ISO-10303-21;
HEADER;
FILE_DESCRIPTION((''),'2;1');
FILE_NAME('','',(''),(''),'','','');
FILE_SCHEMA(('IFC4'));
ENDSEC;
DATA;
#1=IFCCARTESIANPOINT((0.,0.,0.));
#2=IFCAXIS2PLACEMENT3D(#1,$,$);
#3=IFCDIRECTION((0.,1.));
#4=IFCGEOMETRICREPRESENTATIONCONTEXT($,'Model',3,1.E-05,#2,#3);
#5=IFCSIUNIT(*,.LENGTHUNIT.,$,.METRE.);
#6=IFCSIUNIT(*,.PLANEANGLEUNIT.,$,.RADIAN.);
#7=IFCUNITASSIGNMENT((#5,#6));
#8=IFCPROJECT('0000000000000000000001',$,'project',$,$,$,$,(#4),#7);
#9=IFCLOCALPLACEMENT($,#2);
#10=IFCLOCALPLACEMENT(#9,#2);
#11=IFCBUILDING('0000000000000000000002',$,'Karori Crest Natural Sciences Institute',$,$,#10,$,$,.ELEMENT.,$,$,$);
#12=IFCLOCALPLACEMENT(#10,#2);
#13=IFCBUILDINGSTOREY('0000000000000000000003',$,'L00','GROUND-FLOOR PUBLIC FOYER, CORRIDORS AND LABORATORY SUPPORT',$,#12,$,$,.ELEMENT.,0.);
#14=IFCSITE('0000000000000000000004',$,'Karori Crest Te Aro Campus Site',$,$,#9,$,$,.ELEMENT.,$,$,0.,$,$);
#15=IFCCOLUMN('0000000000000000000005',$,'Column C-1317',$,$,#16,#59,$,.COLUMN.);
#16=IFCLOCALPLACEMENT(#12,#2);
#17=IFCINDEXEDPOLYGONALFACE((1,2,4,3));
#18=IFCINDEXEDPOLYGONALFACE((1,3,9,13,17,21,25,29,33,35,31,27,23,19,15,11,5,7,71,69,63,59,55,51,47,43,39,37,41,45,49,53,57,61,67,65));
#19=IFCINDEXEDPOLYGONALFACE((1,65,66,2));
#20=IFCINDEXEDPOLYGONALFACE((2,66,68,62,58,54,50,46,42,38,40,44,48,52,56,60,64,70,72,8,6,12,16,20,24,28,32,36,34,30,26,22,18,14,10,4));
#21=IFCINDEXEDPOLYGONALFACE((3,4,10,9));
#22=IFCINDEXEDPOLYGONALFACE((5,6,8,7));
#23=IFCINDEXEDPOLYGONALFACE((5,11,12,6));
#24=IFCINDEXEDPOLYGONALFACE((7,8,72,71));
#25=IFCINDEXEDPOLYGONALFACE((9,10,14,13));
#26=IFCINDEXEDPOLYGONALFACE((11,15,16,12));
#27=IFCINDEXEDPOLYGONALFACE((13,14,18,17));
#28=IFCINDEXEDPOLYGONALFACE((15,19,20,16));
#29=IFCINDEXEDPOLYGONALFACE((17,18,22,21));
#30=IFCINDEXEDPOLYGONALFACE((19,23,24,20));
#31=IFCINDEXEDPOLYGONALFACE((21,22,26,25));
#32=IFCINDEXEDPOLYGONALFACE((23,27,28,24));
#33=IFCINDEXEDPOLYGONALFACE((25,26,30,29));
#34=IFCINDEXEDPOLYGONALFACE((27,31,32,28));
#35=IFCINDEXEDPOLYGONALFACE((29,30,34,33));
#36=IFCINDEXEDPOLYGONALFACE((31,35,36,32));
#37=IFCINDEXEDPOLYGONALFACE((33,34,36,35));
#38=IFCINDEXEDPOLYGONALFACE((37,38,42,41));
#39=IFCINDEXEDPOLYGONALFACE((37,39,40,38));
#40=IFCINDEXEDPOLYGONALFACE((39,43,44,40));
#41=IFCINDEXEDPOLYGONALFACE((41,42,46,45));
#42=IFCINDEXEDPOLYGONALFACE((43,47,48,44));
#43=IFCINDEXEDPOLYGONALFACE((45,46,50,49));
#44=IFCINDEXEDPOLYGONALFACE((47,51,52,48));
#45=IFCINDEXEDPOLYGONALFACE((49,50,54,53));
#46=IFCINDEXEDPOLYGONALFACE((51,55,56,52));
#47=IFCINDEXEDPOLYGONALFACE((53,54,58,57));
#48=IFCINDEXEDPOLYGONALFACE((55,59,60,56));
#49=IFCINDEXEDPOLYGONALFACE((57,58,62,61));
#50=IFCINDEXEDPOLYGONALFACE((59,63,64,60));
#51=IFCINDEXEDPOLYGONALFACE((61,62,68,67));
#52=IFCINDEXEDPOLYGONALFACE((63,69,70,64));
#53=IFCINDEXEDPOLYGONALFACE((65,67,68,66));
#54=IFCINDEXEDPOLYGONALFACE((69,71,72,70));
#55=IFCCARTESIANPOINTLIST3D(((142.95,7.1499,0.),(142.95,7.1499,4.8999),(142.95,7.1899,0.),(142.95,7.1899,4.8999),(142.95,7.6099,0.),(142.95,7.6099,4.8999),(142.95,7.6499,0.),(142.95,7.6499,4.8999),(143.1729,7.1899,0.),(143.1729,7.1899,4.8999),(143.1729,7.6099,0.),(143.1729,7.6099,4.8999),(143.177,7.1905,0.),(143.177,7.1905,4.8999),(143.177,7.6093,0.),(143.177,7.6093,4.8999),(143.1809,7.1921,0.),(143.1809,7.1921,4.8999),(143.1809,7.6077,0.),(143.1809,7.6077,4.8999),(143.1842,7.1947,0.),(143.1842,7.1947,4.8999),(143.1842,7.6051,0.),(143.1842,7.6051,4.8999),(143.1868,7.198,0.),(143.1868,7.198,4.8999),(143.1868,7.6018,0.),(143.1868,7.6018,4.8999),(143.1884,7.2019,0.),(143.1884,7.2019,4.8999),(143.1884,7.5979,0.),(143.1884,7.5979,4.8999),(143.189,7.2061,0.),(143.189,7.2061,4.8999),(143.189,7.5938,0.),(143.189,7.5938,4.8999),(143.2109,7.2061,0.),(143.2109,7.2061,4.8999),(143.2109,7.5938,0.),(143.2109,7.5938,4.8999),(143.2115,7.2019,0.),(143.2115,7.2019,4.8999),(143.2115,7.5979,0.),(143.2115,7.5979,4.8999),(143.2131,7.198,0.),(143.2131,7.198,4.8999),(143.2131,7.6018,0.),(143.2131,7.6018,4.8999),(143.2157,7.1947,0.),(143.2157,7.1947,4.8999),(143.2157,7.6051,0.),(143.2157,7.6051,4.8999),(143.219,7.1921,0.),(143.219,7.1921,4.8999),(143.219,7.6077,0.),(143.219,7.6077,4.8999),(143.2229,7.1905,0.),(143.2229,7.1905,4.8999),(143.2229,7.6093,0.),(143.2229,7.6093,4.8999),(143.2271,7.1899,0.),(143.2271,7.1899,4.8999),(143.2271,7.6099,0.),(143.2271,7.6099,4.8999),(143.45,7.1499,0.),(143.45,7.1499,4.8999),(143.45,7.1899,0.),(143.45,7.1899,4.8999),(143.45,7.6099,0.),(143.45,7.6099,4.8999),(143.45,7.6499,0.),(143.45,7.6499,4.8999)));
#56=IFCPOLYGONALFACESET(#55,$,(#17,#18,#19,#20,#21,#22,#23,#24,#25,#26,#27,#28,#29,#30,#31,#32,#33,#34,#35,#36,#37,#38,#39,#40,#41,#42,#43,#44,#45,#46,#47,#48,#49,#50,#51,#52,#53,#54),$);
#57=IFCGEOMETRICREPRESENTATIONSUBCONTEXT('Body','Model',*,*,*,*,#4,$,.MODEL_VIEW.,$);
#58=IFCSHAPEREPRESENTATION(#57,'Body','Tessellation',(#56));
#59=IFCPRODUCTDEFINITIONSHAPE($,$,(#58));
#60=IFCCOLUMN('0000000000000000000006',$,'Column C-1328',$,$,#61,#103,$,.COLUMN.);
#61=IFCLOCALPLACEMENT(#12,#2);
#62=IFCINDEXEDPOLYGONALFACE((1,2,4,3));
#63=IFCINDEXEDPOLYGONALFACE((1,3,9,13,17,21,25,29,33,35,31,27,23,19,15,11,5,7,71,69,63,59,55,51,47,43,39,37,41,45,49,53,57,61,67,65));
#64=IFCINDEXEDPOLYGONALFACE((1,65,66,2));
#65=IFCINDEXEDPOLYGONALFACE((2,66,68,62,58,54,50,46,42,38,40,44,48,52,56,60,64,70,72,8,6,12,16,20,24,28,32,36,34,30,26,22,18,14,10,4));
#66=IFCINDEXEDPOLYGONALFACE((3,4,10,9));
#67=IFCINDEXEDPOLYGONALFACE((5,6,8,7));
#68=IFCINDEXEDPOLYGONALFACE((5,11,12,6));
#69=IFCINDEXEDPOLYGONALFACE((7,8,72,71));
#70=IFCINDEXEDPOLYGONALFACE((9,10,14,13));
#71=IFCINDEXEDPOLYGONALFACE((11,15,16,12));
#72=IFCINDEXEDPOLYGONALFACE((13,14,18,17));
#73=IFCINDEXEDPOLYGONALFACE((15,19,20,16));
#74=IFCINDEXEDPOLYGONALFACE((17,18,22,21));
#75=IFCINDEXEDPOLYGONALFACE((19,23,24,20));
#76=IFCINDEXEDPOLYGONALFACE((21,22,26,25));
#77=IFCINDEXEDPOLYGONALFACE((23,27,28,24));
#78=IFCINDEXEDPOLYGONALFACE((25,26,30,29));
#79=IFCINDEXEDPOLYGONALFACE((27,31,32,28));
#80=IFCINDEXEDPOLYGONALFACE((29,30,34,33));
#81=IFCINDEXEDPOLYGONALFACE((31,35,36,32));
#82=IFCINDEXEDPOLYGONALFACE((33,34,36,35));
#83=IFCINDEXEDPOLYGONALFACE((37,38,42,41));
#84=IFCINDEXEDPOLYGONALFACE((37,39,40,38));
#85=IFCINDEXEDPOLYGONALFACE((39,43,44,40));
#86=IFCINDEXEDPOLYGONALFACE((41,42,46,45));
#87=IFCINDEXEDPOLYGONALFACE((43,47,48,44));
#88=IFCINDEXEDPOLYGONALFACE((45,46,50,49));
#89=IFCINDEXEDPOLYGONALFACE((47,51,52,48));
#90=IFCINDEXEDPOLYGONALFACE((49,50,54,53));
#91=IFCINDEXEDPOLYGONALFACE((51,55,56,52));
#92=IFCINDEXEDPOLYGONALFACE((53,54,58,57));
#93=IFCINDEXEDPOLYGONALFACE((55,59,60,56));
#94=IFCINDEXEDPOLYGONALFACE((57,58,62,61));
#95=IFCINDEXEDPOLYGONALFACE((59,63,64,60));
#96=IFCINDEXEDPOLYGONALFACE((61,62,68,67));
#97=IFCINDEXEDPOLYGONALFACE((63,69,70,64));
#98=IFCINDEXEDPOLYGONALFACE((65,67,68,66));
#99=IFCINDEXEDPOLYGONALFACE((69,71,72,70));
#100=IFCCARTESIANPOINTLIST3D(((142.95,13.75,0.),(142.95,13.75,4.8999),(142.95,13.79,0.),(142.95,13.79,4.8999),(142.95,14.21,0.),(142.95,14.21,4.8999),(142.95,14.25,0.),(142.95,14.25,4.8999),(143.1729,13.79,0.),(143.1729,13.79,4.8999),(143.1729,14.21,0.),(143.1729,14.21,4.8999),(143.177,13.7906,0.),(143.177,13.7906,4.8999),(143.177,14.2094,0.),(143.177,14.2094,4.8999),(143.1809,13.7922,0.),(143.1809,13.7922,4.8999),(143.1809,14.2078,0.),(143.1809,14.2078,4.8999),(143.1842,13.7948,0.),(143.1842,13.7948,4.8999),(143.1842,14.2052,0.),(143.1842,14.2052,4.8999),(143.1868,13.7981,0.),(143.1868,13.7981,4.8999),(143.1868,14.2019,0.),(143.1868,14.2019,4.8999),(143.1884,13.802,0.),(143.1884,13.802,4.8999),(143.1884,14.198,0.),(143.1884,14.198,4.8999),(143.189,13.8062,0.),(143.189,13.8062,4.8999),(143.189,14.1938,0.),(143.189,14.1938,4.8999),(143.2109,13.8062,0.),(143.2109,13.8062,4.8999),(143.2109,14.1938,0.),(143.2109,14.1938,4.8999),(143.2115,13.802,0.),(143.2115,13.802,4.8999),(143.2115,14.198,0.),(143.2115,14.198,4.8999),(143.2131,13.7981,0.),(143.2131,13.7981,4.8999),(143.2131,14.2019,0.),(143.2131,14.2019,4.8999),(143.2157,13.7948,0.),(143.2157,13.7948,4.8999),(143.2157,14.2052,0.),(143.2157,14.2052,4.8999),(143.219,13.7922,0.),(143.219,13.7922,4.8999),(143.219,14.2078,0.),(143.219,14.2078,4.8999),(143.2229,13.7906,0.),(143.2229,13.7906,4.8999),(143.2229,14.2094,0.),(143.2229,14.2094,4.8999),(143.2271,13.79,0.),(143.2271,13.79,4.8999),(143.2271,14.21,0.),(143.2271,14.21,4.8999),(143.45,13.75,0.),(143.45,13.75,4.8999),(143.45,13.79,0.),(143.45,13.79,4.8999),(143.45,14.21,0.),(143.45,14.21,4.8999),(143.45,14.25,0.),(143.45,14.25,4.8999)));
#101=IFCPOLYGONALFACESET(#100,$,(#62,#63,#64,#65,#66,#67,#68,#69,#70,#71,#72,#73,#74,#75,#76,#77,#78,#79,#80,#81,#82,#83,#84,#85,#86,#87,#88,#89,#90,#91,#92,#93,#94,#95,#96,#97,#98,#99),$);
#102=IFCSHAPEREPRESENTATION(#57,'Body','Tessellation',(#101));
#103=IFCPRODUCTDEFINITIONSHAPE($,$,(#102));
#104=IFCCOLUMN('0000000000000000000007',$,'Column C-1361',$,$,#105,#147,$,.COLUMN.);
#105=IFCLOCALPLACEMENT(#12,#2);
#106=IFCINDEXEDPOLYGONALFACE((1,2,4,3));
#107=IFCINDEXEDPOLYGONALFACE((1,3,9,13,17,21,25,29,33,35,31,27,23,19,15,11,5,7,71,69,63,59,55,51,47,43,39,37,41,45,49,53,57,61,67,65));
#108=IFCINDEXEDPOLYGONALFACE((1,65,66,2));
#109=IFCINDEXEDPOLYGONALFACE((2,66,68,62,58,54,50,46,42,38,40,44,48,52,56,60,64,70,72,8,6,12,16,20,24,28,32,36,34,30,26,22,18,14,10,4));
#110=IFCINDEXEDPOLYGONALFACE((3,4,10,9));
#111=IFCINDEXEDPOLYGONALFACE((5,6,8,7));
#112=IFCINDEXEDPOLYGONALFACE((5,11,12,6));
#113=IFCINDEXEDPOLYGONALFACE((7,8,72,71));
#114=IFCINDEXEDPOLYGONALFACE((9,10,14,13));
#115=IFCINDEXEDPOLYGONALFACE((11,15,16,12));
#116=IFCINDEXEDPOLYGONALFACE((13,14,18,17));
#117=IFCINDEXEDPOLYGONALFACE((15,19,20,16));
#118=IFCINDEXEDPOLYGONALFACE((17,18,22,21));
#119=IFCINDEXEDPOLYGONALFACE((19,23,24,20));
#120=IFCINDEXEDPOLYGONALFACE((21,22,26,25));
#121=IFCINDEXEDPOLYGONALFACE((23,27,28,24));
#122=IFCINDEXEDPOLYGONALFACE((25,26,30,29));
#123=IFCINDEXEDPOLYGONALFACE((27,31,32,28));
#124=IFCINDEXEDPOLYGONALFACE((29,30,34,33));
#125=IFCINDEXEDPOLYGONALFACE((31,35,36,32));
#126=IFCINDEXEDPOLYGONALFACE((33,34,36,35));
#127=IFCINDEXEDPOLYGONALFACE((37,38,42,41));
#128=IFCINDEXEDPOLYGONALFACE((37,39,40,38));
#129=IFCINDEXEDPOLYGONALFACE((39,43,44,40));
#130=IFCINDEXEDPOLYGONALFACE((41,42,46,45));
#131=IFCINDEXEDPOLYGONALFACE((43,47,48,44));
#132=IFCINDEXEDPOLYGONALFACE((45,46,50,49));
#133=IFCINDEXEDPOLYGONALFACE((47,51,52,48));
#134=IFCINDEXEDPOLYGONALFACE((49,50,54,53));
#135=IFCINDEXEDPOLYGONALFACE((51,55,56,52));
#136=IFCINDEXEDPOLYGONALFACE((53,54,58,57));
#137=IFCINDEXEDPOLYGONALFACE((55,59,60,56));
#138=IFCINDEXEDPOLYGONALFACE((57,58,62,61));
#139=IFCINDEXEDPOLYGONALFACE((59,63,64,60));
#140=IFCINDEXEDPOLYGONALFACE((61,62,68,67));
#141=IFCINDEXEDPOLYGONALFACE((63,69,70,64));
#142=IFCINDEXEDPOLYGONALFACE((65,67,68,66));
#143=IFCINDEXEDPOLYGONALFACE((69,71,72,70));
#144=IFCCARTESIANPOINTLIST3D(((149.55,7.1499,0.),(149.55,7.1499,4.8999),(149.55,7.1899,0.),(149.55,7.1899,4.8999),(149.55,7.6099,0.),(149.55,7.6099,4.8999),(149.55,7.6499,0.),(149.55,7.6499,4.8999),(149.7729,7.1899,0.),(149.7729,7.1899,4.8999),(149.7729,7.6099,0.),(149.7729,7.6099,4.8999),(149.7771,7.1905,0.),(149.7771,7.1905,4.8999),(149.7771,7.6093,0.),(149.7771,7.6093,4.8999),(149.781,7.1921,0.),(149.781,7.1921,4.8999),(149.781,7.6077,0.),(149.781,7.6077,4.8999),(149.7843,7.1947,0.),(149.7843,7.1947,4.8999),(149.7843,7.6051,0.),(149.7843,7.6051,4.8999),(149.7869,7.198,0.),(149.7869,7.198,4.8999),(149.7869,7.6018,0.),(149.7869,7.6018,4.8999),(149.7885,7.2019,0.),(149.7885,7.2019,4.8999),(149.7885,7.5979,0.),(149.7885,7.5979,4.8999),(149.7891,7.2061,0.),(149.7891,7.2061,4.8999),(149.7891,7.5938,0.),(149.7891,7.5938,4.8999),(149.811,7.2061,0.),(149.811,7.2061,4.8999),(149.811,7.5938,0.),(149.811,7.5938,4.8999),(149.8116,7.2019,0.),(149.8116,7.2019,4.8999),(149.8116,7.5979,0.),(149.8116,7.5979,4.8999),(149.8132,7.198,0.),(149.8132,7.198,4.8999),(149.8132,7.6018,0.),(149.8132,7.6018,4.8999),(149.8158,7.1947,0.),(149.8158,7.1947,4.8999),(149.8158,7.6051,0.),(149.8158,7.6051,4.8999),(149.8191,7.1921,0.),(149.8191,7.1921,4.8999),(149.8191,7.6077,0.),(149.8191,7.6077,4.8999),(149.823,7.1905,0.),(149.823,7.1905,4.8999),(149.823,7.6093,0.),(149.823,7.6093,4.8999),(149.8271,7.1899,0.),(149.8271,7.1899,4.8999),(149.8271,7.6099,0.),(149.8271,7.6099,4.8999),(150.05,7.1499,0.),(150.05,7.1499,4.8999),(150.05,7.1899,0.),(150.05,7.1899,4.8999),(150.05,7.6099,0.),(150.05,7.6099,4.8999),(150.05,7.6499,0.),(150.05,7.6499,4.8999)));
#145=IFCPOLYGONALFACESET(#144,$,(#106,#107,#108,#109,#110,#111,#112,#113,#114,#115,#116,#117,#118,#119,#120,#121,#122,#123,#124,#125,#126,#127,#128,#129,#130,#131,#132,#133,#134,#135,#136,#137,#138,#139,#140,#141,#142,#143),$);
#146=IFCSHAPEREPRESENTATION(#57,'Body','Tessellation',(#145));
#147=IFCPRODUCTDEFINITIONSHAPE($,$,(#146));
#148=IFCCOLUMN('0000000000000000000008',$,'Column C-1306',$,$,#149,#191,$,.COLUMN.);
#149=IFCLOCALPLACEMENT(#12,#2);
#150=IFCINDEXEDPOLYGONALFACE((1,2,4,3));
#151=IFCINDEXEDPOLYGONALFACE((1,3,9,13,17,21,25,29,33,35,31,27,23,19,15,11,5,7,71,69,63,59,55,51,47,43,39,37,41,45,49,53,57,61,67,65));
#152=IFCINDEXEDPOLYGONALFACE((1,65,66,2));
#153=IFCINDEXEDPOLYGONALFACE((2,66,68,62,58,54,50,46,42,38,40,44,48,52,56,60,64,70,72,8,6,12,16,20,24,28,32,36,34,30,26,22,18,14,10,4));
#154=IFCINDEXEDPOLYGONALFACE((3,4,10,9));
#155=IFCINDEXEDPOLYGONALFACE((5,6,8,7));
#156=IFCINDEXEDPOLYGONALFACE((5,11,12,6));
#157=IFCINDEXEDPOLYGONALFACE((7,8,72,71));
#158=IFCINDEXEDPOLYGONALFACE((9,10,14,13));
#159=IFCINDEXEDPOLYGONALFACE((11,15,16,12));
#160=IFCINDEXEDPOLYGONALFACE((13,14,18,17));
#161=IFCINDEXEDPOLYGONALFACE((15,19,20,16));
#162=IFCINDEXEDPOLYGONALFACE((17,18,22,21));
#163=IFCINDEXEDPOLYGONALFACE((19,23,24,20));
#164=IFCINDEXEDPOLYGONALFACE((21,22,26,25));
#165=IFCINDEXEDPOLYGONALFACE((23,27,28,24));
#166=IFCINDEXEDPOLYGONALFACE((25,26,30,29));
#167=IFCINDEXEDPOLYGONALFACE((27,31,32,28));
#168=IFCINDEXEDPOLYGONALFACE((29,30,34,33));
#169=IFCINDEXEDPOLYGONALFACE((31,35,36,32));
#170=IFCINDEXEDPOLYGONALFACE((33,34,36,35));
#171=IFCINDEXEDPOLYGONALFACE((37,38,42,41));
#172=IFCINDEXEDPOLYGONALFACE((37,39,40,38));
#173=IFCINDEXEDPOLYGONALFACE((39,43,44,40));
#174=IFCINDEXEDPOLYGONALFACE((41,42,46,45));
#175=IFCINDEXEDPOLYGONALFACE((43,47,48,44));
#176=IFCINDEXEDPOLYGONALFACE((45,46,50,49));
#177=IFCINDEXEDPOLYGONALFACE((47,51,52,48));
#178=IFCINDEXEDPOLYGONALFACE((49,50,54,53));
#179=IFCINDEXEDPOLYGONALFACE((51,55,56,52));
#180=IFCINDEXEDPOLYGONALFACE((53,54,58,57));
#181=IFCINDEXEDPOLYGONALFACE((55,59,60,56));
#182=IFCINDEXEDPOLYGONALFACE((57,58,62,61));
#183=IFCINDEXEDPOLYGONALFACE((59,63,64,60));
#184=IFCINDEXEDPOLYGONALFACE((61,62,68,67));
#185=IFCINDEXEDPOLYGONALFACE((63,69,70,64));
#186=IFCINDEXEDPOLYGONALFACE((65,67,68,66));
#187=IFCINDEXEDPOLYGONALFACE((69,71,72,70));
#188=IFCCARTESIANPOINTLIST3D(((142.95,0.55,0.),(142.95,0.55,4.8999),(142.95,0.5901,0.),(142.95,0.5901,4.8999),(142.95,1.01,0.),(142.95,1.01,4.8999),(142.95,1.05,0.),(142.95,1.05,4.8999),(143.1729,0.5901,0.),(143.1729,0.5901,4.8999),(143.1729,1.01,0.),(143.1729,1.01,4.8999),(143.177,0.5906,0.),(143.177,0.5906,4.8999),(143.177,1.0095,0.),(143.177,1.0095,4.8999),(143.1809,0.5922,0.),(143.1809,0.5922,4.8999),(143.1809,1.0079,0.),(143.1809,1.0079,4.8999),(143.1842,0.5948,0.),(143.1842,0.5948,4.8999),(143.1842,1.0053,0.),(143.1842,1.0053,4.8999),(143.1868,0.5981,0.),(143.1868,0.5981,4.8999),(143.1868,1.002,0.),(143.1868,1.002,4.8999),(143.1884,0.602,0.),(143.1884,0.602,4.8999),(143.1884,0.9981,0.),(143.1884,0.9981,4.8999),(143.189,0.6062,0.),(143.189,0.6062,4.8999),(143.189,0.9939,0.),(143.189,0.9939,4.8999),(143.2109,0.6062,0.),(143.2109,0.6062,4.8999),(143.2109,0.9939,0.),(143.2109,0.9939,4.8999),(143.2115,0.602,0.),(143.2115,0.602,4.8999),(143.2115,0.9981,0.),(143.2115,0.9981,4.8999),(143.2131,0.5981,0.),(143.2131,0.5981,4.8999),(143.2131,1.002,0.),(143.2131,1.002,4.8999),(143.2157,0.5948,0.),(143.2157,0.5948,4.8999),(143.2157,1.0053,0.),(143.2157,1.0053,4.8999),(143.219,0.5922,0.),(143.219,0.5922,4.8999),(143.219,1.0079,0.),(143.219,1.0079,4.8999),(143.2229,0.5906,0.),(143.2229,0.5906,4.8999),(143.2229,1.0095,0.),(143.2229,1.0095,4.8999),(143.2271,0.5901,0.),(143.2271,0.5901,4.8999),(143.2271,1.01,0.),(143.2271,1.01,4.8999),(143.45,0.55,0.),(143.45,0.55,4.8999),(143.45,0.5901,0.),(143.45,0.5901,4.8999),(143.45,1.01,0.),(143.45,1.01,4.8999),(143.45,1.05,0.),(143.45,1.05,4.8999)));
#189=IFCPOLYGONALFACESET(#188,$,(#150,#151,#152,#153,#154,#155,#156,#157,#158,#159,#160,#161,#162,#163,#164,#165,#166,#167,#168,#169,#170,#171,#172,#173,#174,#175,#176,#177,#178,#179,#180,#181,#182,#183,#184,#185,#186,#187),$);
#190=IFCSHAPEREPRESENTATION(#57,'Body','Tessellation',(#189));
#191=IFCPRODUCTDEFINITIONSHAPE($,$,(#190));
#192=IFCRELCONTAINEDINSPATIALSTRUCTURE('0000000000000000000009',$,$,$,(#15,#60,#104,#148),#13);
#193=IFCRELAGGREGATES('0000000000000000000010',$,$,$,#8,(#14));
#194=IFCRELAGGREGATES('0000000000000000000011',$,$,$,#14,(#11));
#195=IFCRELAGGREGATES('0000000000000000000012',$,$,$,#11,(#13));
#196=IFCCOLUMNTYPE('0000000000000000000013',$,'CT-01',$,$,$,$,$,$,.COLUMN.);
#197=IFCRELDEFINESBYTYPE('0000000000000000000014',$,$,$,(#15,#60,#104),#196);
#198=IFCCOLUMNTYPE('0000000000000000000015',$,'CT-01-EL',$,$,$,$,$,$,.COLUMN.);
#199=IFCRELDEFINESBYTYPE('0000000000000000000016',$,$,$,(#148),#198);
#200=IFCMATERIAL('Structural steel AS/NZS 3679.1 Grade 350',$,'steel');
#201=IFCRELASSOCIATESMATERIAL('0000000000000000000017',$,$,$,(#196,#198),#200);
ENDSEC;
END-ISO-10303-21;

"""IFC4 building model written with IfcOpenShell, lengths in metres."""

from ifc_helpers import new_model, si_unit, direction, frame, origin, origin_2d, place, context, subcontext, project, spatial, i_section, extrude, material, material_profile, profile_set, type_object, element, save


model = new_model("IFC4")

# Units and contexts
model_context = context("Model", 3, precision=1e-05, world=origin(), true_north=direction((0.0, 1.0)))
body_context = subcontext(model_context, "Body", "Model", "MODEL_VIEW")
ifc_project = project(units=[si_unit("LENGTHUNIT", "METRE"), si_unit("PLANEANGLEUNIT", "RADIAN")], contexts=[model_context])

# Site, building, storey
site_placement = place(None, origin())
site = spatial("IfcSite", under=ifc_project, at=site_placement, Name="Karori Crest Te Aro Campus Site", CompositionType="ELEMENT", RefElevation=0.0)
building_placement = place(site_placement, origin())
building = spatial("IfcBuilding", under=site, at=building_placement, Name="Karori Crest Natural Sciences Institute", CompositionType="ELEMENT")
storey_placement = place(building_placement, origin())
storey = spatial("IfcBuildingStorey", under=building, at=storey_placement, Name="L00", Description="GROUND-FLOOR PUBLIC FOYER, CORRIDORS AND LABORATORY SUPPORT", CompositionType="ELEMENT", Elevation=0.0)

# Columns
ifc_material_1 = material(Name="Structural steel AS/NZS 3679.1 Grade 350", Category="steel")
ifc_material_profile_1 = material_profile(ifc_material_1, i_section(OverallWidth=0.5, OverallDepth=0.5, WebThickness=0.022, FlangeThickness=0.04, FilletRadius=0.0161, at=origin_2d()), Name="500WC440")
ifc_profile_set_1 = profile_set([ifc_material_profile_1], Name="Structural steel AS/NZS 3679.1 Grade 350")
column_type_1 = type_object("IfcColumnType", Name="CT-01", PredefinedType="COLUMN", material=ifc_profile_set_1)
for number, where, z_axis, x_axis, name in (
    (1, (143.2, 7.3999, 0.0), (0.0, 0.0, 1.0), (1.0, 0.0, 0.0), "Column C-1317"),
    (2, (143.2, 14.0, 0.0), (0.0, 0.0, 1.0), (1.0, 0.0, 0.0), "Column C-1328"),
    (3, (149.8, 7.3999, 0.0), (0.0, 0.0, 1.0), (1.0, 0.0, 0.0), "Column C-1361"),
):
    element("IfcColumn", number, at=place(storey_placement, frame(where, z_axis=z_axis, x_axis=x_axis)), inside=storey, type_object=column_type_1, Name=name, PredefinedType="COLUMN", context=body_context, shape_type="SweptSolid", body=[
        extrude(i_section(OverallWidth=0.5, OverallDepth=0.5, WebThickness=0.022, FlangeThickness=0.04, FilletRadius=0.0161, at=origin_2d()), origin(), (0.0, 0.0, 1.0), 4.8999),
    ])
ifc_material_profile_2 = material_profile(ifc_material_1, i_section(OverallWidth=0.5, OverallDepth=0.5, WebThickness=0.022, FlangeThickness=0.04, FilletRadius=0.0161, at=origin_2d()), Name="500WC440")
ifc_profile_set_2 = profile_set([ifc_material_profile_2], Name="Structural steel AS/NZS 3679.1 Grade 350")
column_type_2 = type_object("IfcColumnType", Name="CT-01-EL", PredefinedType="COLUMN", material=ifc_profile_set_2)
for number, where, z_axis, x_axis, name in (
    (4, (143.2, 0.8, 0.0), (0.0, 0.0, 1.0), (1.0, 0.0, 0.0), "Column C-1306"),
):
    element("IfcColumn", number, at=place(storey_placement, frame(where, z_axis=z_axis, x_axis=x_axis)), inside=storey, type_object=column_type_2, Name=name, PredefinedType="COLUMN", context=body_context, shape_type="SweptSolid", body=[
        extrude(i_section(OverallWidth=0.5, OverallDepth=0.5, WebThickness=0.022, FlangeThickness=0.04, FilletRadius=0.0161, at=origin_2d()), origin(), (0.0, 0.0, 1.0), 4.8999),
    ])

save(model, "model.ifc")
